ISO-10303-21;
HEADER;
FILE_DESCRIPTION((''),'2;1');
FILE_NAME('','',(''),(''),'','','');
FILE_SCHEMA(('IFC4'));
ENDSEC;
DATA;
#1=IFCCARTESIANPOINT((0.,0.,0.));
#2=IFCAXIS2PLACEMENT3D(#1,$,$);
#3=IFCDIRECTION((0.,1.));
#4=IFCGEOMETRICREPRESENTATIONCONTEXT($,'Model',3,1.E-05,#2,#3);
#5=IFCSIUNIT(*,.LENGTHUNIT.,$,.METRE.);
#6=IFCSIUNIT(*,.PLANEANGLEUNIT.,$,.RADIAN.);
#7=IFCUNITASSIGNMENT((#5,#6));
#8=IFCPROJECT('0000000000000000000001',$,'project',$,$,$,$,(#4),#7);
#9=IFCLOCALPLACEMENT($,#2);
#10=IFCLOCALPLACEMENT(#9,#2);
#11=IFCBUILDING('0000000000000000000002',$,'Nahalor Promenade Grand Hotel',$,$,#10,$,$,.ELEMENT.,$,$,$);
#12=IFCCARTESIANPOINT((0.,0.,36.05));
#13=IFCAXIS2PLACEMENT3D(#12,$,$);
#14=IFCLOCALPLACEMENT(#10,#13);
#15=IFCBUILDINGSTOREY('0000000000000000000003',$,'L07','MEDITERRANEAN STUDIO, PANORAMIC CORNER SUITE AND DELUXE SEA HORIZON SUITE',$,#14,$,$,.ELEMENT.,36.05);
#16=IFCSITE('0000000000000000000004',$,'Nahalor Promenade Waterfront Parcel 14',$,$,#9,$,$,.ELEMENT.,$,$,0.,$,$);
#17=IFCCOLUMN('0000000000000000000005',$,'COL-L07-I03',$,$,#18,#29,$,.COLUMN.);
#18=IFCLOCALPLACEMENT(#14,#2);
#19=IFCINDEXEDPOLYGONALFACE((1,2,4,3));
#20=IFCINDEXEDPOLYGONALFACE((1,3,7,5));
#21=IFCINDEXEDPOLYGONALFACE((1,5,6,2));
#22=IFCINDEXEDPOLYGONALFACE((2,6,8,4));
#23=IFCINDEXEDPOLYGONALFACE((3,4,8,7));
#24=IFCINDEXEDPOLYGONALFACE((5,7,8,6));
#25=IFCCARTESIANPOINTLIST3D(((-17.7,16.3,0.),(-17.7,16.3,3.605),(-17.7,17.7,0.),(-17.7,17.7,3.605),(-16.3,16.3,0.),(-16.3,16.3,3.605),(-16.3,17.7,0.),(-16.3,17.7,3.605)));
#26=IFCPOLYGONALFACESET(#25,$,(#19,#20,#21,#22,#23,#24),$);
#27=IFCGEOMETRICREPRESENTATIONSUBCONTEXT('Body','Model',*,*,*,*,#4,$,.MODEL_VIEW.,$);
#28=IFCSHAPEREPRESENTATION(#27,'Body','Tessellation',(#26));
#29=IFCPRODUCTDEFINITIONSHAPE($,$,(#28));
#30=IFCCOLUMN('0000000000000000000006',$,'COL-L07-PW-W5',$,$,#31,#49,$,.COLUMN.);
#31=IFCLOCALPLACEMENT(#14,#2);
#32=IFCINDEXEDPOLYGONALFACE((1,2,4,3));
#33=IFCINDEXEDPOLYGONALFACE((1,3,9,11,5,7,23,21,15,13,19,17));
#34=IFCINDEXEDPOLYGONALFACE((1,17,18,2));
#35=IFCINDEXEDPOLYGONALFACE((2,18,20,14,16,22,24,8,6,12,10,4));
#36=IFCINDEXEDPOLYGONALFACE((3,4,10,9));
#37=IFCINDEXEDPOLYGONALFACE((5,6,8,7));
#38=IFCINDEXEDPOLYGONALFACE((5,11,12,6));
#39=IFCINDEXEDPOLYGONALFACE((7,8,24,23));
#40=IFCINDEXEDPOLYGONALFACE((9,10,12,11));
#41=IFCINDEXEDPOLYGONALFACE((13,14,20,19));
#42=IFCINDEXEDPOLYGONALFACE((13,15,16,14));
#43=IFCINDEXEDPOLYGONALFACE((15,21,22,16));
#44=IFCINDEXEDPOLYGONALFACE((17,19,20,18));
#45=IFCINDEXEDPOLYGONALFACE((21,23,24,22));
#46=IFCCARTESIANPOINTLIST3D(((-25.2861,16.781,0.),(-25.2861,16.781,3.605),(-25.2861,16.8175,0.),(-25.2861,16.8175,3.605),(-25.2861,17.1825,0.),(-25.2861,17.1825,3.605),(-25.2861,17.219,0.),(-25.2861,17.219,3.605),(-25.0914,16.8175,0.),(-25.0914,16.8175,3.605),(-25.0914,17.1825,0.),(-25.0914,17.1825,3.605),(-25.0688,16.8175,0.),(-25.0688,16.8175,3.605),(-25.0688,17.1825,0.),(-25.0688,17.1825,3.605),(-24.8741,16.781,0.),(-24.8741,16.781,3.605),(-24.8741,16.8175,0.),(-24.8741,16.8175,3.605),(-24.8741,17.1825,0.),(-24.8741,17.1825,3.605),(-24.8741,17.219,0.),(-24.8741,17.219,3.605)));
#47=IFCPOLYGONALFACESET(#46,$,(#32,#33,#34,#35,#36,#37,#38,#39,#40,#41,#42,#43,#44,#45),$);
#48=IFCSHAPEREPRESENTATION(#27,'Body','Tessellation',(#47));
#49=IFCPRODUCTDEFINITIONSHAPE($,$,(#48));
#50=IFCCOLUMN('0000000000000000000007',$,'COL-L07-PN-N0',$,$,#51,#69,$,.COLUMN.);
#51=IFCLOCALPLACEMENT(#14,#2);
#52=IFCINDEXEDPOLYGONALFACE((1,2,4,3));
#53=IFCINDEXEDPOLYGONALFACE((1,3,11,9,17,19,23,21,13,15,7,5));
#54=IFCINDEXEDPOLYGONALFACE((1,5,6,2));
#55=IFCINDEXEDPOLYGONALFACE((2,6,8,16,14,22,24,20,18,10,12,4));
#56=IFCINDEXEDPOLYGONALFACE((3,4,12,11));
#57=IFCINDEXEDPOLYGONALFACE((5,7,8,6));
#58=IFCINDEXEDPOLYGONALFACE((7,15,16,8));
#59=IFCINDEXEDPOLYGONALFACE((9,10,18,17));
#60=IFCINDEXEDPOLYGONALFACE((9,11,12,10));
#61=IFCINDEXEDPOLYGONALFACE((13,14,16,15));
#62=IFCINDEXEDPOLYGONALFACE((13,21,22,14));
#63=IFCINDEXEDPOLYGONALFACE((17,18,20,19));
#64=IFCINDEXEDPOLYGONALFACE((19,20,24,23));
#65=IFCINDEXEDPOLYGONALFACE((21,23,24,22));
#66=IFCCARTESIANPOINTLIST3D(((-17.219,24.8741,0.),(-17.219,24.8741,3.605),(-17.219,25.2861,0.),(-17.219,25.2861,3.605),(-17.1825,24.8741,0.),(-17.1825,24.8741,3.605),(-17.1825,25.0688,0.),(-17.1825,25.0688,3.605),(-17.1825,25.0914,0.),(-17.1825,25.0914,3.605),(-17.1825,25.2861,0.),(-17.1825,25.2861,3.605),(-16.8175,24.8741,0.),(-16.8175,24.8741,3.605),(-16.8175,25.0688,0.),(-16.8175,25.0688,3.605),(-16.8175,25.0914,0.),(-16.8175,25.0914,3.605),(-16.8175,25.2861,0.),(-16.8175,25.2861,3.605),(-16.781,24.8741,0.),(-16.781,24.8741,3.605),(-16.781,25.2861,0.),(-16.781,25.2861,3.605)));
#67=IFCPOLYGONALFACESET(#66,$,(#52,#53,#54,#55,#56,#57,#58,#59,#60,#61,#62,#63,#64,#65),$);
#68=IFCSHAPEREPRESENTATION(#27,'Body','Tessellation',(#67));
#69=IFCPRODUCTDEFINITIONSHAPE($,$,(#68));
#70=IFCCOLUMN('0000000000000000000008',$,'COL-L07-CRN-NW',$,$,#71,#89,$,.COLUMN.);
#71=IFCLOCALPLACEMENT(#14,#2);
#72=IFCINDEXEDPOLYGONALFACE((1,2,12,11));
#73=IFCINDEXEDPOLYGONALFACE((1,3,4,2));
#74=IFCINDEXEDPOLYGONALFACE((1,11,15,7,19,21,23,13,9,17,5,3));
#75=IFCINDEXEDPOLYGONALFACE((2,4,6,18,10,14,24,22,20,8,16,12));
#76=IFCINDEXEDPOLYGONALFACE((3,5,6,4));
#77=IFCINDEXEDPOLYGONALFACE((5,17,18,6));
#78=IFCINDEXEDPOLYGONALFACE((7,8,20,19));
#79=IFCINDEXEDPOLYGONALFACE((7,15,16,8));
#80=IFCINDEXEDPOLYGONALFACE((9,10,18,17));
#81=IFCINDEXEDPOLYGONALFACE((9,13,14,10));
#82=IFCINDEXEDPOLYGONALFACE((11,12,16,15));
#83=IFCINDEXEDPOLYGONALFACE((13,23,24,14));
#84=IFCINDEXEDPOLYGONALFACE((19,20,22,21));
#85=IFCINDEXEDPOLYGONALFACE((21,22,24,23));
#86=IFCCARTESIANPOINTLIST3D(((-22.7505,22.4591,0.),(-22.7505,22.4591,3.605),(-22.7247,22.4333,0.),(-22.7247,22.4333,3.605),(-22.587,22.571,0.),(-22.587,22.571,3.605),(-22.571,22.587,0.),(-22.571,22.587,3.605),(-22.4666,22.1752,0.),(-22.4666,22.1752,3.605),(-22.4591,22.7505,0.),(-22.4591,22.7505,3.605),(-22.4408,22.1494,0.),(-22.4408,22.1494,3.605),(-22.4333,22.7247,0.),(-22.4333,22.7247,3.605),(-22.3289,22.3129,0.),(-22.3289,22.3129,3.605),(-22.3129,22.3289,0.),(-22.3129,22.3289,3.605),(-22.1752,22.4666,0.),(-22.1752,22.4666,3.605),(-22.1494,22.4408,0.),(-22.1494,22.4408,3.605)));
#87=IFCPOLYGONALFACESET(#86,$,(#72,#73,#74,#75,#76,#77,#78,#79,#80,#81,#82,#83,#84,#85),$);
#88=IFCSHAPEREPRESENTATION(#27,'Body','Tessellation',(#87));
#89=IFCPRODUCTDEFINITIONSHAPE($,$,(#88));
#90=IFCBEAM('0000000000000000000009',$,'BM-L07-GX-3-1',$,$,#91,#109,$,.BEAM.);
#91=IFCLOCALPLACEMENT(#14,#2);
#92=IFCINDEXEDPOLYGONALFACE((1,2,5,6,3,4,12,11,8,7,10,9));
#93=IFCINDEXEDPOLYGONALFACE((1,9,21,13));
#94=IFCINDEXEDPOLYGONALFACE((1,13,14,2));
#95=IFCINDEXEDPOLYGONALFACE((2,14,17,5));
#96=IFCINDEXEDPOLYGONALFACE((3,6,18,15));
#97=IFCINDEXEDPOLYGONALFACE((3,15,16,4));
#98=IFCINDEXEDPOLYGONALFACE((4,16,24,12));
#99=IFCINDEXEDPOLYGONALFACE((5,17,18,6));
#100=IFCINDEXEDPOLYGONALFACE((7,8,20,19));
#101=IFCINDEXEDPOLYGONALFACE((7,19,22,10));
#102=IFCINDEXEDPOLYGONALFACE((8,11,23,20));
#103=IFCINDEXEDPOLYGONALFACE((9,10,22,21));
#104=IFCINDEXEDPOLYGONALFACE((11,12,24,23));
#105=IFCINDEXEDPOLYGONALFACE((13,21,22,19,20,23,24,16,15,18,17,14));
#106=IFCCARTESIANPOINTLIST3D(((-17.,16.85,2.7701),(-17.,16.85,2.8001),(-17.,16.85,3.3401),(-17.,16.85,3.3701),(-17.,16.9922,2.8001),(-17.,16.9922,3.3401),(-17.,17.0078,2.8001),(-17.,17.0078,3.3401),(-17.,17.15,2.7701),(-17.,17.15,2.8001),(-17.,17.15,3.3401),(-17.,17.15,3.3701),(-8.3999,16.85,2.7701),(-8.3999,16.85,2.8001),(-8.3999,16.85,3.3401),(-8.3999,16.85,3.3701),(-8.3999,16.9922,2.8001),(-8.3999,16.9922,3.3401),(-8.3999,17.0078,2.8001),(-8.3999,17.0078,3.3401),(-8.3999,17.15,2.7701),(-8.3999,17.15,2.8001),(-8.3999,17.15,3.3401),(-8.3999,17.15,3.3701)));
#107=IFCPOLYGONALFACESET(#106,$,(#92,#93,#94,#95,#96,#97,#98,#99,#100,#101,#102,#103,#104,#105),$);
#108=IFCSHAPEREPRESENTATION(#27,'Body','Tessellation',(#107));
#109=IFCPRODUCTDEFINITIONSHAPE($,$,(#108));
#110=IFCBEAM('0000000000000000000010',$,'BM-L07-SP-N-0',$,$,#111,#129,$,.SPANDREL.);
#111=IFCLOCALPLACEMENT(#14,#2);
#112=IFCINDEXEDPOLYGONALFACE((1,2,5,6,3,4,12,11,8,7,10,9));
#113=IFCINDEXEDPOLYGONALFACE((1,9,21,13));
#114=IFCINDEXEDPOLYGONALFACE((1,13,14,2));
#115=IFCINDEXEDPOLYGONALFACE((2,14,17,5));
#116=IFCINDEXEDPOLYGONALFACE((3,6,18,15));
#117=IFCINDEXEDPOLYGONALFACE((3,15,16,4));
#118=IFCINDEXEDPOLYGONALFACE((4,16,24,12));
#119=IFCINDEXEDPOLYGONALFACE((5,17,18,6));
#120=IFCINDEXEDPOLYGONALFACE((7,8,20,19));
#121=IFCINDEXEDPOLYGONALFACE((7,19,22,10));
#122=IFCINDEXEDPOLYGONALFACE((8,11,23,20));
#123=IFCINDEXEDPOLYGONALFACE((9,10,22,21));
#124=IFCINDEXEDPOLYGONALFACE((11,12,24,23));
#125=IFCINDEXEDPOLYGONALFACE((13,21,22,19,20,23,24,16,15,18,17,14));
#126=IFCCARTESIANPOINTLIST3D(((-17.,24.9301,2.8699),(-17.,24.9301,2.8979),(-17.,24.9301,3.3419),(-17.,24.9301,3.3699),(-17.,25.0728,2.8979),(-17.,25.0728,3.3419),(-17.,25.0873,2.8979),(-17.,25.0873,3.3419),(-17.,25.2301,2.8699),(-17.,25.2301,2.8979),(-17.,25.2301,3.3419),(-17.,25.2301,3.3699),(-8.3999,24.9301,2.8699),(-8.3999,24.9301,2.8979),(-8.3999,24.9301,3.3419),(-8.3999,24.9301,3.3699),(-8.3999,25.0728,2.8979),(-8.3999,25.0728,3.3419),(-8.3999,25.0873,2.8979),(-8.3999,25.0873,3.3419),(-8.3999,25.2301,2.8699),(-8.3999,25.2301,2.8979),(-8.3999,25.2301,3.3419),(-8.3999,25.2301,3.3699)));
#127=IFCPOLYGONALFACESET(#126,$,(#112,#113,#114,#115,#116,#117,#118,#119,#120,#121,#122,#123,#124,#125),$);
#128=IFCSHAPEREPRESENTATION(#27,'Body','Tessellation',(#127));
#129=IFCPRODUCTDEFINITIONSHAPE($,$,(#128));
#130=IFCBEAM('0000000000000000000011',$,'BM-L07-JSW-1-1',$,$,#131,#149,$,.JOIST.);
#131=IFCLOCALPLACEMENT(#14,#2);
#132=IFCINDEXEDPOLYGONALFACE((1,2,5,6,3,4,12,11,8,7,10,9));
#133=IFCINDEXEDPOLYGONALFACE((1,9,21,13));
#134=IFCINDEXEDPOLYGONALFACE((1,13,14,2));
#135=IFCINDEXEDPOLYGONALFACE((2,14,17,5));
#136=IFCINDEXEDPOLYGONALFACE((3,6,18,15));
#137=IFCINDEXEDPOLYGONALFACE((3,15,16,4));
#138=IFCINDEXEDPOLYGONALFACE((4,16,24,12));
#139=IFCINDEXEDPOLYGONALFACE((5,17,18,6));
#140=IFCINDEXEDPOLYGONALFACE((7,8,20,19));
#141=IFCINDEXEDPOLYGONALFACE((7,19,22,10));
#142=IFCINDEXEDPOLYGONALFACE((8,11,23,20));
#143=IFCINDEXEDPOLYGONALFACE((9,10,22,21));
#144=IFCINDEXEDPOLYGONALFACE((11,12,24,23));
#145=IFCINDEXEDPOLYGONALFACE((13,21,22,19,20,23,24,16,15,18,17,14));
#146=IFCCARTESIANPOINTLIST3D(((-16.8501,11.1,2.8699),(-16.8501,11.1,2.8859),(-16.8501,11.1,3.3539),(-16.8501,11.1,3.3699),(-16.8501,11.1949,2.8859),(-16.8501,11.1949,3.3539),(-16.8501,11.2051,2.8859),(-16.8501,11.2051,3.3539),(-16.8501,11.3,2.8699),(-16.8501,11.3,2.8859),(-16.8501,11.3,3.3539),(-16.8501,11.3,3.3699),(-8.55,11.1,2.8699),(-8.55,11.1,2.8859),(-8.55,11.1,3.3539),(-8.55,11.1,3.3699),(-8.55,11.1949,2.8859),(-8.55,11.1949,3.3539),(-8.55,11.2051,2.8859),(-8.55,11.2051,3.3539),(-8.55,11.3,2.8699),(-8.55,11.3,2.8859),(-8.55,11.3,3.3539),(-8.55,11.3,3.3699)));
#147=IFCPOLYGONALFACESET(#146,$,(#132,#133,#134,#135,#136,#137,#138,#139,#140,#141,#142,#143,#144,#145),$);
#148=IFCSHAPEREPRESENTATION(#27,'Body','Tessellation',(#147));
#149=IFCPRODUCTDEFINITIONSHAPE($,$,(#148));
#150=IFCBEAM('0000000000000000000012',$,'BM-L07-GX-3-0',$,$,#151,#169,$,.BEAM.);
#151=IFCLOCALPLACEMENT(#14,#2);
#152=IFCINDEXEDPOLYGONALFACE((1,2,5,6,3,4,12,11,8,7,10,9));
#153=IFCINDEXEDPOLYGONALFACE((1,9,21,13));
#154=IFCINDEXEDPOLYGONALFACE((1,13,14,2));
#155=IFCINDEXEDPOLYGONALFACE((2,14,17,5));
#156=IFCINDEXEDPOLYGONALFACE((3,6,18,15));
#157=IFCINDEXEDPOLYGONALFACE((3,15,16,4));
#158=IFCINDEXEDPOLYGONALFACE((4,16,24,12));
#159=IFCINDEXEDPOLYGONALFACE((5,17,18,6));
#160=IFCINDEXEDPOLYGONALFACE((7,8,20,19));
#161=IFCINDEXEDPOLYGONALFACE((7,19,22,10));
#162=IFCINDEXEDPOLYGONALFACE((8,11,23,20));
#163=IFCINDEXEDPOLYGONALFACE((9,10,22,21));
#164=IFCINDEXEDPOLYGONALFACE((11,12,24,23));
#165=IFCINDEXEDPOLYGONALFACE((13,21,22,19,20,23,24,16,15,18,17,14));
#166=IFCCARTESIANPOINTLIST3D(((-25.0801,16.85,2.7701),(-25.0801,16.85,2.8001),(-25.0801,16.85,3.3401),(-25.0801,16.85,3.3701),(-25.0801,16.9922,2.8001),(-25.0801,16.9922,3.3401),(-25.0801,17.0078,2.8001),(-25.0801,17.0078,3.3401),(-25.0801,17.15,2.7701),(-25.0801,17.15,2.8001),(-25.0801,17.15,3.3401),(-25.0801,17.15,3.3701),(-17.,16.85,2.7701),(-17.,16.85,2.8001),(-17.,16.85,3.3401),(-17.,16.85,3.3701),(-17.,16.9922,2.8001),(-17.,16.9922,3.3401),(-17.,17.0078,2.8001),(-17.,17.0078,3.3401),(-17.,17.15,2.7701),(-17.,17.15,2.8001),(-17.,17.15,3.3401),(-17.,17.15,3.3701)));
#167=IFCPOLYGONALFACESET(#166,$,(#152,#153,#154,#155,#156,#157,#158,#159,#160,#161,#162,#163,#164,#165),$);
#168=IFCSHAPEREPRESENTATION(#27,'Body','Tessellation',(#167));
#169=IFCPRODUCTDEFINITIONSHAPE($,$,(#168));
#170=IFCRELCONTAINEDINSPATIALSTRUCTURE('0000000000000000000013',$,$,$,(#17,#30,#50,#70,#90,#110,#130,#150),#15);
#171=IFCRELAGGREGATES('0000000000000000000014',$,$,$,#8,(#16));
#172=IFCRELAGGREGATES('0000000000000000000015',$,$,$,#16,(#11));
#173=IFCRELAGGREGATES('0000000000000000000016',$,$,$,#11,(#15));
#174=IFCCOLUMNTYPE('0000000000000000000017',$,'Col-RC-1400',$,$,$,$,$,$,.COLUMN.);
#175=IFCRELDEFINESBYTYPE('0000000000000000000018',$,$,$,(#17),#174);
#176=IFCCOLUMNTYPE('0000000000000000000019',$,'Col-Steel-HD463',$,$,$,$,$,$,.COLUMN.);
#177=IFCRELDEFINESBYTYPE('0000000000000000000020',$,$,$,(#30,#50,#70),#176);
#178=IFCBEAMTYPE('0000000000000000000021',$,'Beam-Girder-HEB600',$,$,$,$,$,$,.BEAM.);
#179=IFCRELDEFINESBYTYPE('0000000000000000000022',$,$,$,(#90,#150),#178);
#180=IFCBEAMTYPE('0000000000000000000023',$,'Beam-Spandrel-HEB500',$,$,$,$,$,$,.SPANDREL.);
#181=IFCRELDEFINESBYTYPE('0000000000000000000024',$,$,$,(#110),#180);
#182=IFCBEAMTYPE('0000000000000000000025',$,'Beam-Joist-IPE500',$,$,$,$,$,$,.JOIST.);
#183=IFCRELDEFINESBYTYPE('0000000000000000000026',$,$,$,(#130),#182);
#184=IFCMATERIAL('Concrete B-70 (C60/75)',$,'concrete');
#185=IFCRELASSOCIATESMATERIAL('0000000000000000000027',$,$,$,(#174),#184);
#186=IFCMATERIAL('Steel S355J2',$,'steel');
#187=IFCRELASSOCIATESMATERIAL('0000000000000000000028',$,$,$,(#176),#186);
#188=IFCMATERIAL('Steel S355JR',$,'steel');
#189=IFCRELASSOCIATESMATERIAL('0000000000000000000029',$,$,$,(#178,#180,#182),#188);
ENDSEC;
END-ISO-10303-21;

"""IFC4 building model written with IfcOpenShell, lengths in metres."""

from ifc_helpers import new_model, si_unit, direction, frame, origin, origin_2d, place, context, subcontext, project, spatial, rectangle, i_section, extrude, source, transform, mapped, material, material_profile, profile_set, type_object, element, save


model = new_model("IFC4")

# Units and contexts
model_context = context("Model", 3, precision=1e-05, world=origin(), true_north=direction((0.0, 1.0)))
body_context = subcontext(model_context, "Body", "Model", "MODEL_VIEW")
ifc_project = project(units=[si_unit("LENGTHUNIT", "METRE"), si_unit("PLANEANGLEUNIT", "RADIAN")], contexts=[model_context])

# Site, building, storey
site_placement = place(None, origin())
site = spatial("IfcSite", under=ifc_project, at=site_placement, Name="Nahalor Promenade Waterfront Parcel 14", CompositionType="ELEMENT", RefElevation=0.0)
building_placement = place(site_placement, origin())
building = spatial("IfcBuilding", under=site, at=building_placement, Name="Nahalor Promenade Grand Hotel", CompositionType="ELEMENT")
storey_placement = place(building_placement, frame((0.0, 0.0, 36.05)))
storey = spatial("IfcBuildingStorey", under=building, at=storey_placement, Name="L07", Description="MEDITERRANEAN STUDIO, PANORAMIC CORNER SUITE AND DELUXE SEA HORIZON SUITE", CompositionType="ELEMENT", Elevation=36.05)

# Columns
ifc_material_1 = material(Name="Concrete B-70 (C60/75)", Category="concrete")
ifc_material_profile_1 = material_profile(ifc_material_1, rectangle(XDim=1.4, YDim=1.4, at=origin_2d()), Name="RC 1400x1400")
ifc_profile_set_1 = profile_set([ifc_material_profile_1], Name="Concrete B-70 (C60/75)")
column_type_1 = type_object("IfcColumnType", Name="Col-RC-1400", PredefinedType="COLUMN", material=ifc_profile_set_1)
shared_shape_1 = source(origin(), body_context, "Body", "SweptSolid", [
    extrude(rectangle(XDim=1.4, YDim=1.4, at=origin_2d()), origin(), (0.0, 0.0, 1.0), 3.605),
])
column_placement = place(storey_placement, frame((-17.0, 17.0, 0.0), z_axis=(0.0, 0.0, 1.0), x_axis=(1.0, 0.0, 0.0)))
element("IfcColumn", 1, at=column_placement, inside=storey, type_object=column_type_1, Name="COL-L07-I03", PredefinedType="COLUMN", context=body_context, shape_type="MappedRepresentation", body=[
    mapped(shared_shape_1, transform((0.0, 0.0, 0.0), scale=1.0)),
])
ifc_material_2 = material(Name="Steel S355J2", Category="steel")
ifc_material_profile_2 = material_profile(ifc_material_2, i_section(OverallWidth=0.412, OverallDepth=0.438, WebThickness=0.0226, FlangeThickness=0.0365, at=origin_2d()), Name="HD 400x463")
ifc_profile_set_2 = profile_set([ifc_material_profile_2], Name="Steel S355J2")
column_type_2 = type_object("IfcColumnType", Name="Col-Steel-HD463", PredefinedType="COLUMN", material=ifc_profile_set_2)
shared_shape_2 = source(origin(), body_context, "Body", "SweptSolid", [
    extrude(i_section(OverallWidth=0.412, OverallDepth=0.438, WebThickness=0.0226, FlangeThickness=0.0365, at=origin_2d()), origin(), (0.0, 0.0, 1.0), 3.605),
])
for number, where, z_axis, x_axis, name in (
    (2, (-25.0801, 17.0, 0.0), (0.0, 0.0, 1.0), (1.0, 0.0, 0.0), "COL-L07-PW-W5"),
    (3, (-17.0, 25.0801, 0.0), (0.0, 0.0, 1.0), (0.0, 1.0, 0.0), "COL-L07-PN-N0"),
    (4, (-22.45, 22.45, 0.0), (0.0, 0.0, 1.0), (0.707107, 0.707107, 0.0), "COL-L07-CRN-NW"),
):
    element("IfcColumn", number, at=place(storey_placement, frame(where, z_axis=z_axis, x_axis=x_axis)), inside=storey, type_object=column_type_2, Name=name, PredefinedType="COLUMN", context=body_context, shape_type="MappedRepresentation", body=[
        mapped(shared_shape_2, transform((0.0, 0.0, 0.0), scale=1.0)),
    ])

# Beams
ifc_material_3 = material(Name="Steel S355JR", Category="steel")
ifc_material_profile_3 = material_profile(ifc_material_3, i_section(OverallWidth=0.3, OverallDepth=0.6, WebThickness=0.0155, FlangeThickness=0.03, at=origin_2d()), Name="HEB 600")
ifc_profile_set_3 = profile_set([ifc_material_profile_3], Name="Steel S355JR")
beam_type_1 = type_object("IfcBeamType", Name="Beam-Girder-HEB600", PredefinedType="BEAM", material=ifc_profile_set_3)
shared_shape_3 = source(origin(), body_context, "Body", "SweptSolid", [
    extrude(i_section(OverallWidth=0.3, OverallDepth=0.6, WebThickness=0.0155, FlangeThickness=0.03, at=origin_2d()), origin(), (0.0, 0.0, 1.0), 8.6001),
])
beam_1_placement = place(storey_placement, frame((-17.0, 17.0, 3.0701), z_axis=(1.0, 0.0, 0.0), x_axis=(0.0, 1.0, 0.0)))
element("IfcBeam", 5, at=beam_1_placement, inside=storey, type_object=beam_type_1, Name="BM-L07-GX-3-1", PredefinedType="BEAM", context=body_context, shape_type="MappedRepresentation", body=[
    mapped(shared_shape_3, transform((0.0, 0.0, 0.0), scale=1.0)),
])
ifc_material_profile_4 = material_profile(ifc_material_3, i_section(OverallWidth=0.3, OverallDepth=0.5, WebThickness=0.0145, FlangeThickness=0.028, at=origin_2d()), Name="HEB 500")
ifc_profile_set_4 = profile_set([ifc_material_profile_4], Name="Steel S355JR")
beam_type_2 = type_object("IfcBeamType", Name="Beam-Spandrel-HEB500", PredefinedType="SPANDREL", material=ifc_profile_set_4)
shared_shape_4 = source(origin(), body_context, "Body", "SweptSolid", [
    extrude(i_section(OverallWidth=0.3, OverallDepth=0.5, WebThickness=0.0145, FlangeThickness=0.028, at=origin_2d()), origin(), (0.0, 0.0, 1.0), 8.6001),
])
beam_2_placement = place(storey_placement, frame((-17.0, 25.0801, 3.1199), z_axis=(1.0, 0.0, 0.0), x_axis=(0.0, 1.0, 0.0)))
element("IfcBeam", 6, at=beam_2_placement, inside=storey, type_object=beam_type_2, Name="BM-L07-SP-N-0", PredefinedType="SPANDREL", context=body_context, shape_type="MappedRepresentation", body=[
    mapped(shared_shape_4, transform((0.0, 0.0, 0.0), scale=1.0)),
])
ifc_material_profile_5 = material_profile(ifc_material_3, i_section(OverallWidth=0.2, OverallDepth=0.5, WebThickness=0.0102, FlangeThickness=0.016, at=origin_2d()), Name="IPE 500")
ifc_profile_set_5 = profile_set([ifc_material_profile_5], Name="Steel S355JR")
beam_type_3 = type_object("IfcBeamType", Name="Beam-Joist-IPE500", PredefinedType="JOIST", material=ifc_profile_set_5)
shared_shape_5 = source(origin(), body_context, "Body", "SweptSolid", [
    extrude(i_section(OverallWidth=0.2, OverallDepth=0.5, WebThickness=0.0102, FlangeThickness=0.016, at=origin_2d()), origin(), (0.0, 0.0, 1.0), 8.3),
])
beam_3_placement = place(storey_placement, frame((-16.8501, 11.2, 3.1199), z_axis=(1.0, 0.0, 0.0), x_axis=(0.0, 1.0, 0.0)))
element("IfcBeam", 7, at=beam_3_placement, inside=storey, type_object=beam_type_3, Name="BM-L07-JSW-1-1", PredefinedType="JOIST", context=body_context, shape_type="MappedRepresentation", body=[
    mapped(shared_shape_5, transform((0.0, 0.0, 0.0), scale=1.0)),
])
shared_shape_6 = source(origin(), body_context, "Body", "SweptSolid", [
    extrude(i_section(OverallWidth=0.3, OverallDepth=0.6, WebThickness=0.0155, FlangeThickness=0.03, at=origin_2d()), origin(), (0.0, 0.0, 1.0), 8.0801),
])
for number, where, z_axis, x_axis, name in (
    (8, (-25.0801, 17.0, 3.0701), (1.0, 0.0, 0.0), (0.0, 1.0, 0.0), "BM-L07-GX-3-0"),
):
    element("IfcBeam", number, at=place(storey_placement, frame(where, z_axis=z_axis, x_axis=x_axis)), inside=storey, type_object=beam_type_1, Name=name, PredefinedType="BEAM", context=body_context, shape_type="MappedRepresentation", body=[
        mapped(shared_shape_6, transform((0.0, 0.0, 0.0), scale=1.0)),
    ])

save(model, "model.ifc")
